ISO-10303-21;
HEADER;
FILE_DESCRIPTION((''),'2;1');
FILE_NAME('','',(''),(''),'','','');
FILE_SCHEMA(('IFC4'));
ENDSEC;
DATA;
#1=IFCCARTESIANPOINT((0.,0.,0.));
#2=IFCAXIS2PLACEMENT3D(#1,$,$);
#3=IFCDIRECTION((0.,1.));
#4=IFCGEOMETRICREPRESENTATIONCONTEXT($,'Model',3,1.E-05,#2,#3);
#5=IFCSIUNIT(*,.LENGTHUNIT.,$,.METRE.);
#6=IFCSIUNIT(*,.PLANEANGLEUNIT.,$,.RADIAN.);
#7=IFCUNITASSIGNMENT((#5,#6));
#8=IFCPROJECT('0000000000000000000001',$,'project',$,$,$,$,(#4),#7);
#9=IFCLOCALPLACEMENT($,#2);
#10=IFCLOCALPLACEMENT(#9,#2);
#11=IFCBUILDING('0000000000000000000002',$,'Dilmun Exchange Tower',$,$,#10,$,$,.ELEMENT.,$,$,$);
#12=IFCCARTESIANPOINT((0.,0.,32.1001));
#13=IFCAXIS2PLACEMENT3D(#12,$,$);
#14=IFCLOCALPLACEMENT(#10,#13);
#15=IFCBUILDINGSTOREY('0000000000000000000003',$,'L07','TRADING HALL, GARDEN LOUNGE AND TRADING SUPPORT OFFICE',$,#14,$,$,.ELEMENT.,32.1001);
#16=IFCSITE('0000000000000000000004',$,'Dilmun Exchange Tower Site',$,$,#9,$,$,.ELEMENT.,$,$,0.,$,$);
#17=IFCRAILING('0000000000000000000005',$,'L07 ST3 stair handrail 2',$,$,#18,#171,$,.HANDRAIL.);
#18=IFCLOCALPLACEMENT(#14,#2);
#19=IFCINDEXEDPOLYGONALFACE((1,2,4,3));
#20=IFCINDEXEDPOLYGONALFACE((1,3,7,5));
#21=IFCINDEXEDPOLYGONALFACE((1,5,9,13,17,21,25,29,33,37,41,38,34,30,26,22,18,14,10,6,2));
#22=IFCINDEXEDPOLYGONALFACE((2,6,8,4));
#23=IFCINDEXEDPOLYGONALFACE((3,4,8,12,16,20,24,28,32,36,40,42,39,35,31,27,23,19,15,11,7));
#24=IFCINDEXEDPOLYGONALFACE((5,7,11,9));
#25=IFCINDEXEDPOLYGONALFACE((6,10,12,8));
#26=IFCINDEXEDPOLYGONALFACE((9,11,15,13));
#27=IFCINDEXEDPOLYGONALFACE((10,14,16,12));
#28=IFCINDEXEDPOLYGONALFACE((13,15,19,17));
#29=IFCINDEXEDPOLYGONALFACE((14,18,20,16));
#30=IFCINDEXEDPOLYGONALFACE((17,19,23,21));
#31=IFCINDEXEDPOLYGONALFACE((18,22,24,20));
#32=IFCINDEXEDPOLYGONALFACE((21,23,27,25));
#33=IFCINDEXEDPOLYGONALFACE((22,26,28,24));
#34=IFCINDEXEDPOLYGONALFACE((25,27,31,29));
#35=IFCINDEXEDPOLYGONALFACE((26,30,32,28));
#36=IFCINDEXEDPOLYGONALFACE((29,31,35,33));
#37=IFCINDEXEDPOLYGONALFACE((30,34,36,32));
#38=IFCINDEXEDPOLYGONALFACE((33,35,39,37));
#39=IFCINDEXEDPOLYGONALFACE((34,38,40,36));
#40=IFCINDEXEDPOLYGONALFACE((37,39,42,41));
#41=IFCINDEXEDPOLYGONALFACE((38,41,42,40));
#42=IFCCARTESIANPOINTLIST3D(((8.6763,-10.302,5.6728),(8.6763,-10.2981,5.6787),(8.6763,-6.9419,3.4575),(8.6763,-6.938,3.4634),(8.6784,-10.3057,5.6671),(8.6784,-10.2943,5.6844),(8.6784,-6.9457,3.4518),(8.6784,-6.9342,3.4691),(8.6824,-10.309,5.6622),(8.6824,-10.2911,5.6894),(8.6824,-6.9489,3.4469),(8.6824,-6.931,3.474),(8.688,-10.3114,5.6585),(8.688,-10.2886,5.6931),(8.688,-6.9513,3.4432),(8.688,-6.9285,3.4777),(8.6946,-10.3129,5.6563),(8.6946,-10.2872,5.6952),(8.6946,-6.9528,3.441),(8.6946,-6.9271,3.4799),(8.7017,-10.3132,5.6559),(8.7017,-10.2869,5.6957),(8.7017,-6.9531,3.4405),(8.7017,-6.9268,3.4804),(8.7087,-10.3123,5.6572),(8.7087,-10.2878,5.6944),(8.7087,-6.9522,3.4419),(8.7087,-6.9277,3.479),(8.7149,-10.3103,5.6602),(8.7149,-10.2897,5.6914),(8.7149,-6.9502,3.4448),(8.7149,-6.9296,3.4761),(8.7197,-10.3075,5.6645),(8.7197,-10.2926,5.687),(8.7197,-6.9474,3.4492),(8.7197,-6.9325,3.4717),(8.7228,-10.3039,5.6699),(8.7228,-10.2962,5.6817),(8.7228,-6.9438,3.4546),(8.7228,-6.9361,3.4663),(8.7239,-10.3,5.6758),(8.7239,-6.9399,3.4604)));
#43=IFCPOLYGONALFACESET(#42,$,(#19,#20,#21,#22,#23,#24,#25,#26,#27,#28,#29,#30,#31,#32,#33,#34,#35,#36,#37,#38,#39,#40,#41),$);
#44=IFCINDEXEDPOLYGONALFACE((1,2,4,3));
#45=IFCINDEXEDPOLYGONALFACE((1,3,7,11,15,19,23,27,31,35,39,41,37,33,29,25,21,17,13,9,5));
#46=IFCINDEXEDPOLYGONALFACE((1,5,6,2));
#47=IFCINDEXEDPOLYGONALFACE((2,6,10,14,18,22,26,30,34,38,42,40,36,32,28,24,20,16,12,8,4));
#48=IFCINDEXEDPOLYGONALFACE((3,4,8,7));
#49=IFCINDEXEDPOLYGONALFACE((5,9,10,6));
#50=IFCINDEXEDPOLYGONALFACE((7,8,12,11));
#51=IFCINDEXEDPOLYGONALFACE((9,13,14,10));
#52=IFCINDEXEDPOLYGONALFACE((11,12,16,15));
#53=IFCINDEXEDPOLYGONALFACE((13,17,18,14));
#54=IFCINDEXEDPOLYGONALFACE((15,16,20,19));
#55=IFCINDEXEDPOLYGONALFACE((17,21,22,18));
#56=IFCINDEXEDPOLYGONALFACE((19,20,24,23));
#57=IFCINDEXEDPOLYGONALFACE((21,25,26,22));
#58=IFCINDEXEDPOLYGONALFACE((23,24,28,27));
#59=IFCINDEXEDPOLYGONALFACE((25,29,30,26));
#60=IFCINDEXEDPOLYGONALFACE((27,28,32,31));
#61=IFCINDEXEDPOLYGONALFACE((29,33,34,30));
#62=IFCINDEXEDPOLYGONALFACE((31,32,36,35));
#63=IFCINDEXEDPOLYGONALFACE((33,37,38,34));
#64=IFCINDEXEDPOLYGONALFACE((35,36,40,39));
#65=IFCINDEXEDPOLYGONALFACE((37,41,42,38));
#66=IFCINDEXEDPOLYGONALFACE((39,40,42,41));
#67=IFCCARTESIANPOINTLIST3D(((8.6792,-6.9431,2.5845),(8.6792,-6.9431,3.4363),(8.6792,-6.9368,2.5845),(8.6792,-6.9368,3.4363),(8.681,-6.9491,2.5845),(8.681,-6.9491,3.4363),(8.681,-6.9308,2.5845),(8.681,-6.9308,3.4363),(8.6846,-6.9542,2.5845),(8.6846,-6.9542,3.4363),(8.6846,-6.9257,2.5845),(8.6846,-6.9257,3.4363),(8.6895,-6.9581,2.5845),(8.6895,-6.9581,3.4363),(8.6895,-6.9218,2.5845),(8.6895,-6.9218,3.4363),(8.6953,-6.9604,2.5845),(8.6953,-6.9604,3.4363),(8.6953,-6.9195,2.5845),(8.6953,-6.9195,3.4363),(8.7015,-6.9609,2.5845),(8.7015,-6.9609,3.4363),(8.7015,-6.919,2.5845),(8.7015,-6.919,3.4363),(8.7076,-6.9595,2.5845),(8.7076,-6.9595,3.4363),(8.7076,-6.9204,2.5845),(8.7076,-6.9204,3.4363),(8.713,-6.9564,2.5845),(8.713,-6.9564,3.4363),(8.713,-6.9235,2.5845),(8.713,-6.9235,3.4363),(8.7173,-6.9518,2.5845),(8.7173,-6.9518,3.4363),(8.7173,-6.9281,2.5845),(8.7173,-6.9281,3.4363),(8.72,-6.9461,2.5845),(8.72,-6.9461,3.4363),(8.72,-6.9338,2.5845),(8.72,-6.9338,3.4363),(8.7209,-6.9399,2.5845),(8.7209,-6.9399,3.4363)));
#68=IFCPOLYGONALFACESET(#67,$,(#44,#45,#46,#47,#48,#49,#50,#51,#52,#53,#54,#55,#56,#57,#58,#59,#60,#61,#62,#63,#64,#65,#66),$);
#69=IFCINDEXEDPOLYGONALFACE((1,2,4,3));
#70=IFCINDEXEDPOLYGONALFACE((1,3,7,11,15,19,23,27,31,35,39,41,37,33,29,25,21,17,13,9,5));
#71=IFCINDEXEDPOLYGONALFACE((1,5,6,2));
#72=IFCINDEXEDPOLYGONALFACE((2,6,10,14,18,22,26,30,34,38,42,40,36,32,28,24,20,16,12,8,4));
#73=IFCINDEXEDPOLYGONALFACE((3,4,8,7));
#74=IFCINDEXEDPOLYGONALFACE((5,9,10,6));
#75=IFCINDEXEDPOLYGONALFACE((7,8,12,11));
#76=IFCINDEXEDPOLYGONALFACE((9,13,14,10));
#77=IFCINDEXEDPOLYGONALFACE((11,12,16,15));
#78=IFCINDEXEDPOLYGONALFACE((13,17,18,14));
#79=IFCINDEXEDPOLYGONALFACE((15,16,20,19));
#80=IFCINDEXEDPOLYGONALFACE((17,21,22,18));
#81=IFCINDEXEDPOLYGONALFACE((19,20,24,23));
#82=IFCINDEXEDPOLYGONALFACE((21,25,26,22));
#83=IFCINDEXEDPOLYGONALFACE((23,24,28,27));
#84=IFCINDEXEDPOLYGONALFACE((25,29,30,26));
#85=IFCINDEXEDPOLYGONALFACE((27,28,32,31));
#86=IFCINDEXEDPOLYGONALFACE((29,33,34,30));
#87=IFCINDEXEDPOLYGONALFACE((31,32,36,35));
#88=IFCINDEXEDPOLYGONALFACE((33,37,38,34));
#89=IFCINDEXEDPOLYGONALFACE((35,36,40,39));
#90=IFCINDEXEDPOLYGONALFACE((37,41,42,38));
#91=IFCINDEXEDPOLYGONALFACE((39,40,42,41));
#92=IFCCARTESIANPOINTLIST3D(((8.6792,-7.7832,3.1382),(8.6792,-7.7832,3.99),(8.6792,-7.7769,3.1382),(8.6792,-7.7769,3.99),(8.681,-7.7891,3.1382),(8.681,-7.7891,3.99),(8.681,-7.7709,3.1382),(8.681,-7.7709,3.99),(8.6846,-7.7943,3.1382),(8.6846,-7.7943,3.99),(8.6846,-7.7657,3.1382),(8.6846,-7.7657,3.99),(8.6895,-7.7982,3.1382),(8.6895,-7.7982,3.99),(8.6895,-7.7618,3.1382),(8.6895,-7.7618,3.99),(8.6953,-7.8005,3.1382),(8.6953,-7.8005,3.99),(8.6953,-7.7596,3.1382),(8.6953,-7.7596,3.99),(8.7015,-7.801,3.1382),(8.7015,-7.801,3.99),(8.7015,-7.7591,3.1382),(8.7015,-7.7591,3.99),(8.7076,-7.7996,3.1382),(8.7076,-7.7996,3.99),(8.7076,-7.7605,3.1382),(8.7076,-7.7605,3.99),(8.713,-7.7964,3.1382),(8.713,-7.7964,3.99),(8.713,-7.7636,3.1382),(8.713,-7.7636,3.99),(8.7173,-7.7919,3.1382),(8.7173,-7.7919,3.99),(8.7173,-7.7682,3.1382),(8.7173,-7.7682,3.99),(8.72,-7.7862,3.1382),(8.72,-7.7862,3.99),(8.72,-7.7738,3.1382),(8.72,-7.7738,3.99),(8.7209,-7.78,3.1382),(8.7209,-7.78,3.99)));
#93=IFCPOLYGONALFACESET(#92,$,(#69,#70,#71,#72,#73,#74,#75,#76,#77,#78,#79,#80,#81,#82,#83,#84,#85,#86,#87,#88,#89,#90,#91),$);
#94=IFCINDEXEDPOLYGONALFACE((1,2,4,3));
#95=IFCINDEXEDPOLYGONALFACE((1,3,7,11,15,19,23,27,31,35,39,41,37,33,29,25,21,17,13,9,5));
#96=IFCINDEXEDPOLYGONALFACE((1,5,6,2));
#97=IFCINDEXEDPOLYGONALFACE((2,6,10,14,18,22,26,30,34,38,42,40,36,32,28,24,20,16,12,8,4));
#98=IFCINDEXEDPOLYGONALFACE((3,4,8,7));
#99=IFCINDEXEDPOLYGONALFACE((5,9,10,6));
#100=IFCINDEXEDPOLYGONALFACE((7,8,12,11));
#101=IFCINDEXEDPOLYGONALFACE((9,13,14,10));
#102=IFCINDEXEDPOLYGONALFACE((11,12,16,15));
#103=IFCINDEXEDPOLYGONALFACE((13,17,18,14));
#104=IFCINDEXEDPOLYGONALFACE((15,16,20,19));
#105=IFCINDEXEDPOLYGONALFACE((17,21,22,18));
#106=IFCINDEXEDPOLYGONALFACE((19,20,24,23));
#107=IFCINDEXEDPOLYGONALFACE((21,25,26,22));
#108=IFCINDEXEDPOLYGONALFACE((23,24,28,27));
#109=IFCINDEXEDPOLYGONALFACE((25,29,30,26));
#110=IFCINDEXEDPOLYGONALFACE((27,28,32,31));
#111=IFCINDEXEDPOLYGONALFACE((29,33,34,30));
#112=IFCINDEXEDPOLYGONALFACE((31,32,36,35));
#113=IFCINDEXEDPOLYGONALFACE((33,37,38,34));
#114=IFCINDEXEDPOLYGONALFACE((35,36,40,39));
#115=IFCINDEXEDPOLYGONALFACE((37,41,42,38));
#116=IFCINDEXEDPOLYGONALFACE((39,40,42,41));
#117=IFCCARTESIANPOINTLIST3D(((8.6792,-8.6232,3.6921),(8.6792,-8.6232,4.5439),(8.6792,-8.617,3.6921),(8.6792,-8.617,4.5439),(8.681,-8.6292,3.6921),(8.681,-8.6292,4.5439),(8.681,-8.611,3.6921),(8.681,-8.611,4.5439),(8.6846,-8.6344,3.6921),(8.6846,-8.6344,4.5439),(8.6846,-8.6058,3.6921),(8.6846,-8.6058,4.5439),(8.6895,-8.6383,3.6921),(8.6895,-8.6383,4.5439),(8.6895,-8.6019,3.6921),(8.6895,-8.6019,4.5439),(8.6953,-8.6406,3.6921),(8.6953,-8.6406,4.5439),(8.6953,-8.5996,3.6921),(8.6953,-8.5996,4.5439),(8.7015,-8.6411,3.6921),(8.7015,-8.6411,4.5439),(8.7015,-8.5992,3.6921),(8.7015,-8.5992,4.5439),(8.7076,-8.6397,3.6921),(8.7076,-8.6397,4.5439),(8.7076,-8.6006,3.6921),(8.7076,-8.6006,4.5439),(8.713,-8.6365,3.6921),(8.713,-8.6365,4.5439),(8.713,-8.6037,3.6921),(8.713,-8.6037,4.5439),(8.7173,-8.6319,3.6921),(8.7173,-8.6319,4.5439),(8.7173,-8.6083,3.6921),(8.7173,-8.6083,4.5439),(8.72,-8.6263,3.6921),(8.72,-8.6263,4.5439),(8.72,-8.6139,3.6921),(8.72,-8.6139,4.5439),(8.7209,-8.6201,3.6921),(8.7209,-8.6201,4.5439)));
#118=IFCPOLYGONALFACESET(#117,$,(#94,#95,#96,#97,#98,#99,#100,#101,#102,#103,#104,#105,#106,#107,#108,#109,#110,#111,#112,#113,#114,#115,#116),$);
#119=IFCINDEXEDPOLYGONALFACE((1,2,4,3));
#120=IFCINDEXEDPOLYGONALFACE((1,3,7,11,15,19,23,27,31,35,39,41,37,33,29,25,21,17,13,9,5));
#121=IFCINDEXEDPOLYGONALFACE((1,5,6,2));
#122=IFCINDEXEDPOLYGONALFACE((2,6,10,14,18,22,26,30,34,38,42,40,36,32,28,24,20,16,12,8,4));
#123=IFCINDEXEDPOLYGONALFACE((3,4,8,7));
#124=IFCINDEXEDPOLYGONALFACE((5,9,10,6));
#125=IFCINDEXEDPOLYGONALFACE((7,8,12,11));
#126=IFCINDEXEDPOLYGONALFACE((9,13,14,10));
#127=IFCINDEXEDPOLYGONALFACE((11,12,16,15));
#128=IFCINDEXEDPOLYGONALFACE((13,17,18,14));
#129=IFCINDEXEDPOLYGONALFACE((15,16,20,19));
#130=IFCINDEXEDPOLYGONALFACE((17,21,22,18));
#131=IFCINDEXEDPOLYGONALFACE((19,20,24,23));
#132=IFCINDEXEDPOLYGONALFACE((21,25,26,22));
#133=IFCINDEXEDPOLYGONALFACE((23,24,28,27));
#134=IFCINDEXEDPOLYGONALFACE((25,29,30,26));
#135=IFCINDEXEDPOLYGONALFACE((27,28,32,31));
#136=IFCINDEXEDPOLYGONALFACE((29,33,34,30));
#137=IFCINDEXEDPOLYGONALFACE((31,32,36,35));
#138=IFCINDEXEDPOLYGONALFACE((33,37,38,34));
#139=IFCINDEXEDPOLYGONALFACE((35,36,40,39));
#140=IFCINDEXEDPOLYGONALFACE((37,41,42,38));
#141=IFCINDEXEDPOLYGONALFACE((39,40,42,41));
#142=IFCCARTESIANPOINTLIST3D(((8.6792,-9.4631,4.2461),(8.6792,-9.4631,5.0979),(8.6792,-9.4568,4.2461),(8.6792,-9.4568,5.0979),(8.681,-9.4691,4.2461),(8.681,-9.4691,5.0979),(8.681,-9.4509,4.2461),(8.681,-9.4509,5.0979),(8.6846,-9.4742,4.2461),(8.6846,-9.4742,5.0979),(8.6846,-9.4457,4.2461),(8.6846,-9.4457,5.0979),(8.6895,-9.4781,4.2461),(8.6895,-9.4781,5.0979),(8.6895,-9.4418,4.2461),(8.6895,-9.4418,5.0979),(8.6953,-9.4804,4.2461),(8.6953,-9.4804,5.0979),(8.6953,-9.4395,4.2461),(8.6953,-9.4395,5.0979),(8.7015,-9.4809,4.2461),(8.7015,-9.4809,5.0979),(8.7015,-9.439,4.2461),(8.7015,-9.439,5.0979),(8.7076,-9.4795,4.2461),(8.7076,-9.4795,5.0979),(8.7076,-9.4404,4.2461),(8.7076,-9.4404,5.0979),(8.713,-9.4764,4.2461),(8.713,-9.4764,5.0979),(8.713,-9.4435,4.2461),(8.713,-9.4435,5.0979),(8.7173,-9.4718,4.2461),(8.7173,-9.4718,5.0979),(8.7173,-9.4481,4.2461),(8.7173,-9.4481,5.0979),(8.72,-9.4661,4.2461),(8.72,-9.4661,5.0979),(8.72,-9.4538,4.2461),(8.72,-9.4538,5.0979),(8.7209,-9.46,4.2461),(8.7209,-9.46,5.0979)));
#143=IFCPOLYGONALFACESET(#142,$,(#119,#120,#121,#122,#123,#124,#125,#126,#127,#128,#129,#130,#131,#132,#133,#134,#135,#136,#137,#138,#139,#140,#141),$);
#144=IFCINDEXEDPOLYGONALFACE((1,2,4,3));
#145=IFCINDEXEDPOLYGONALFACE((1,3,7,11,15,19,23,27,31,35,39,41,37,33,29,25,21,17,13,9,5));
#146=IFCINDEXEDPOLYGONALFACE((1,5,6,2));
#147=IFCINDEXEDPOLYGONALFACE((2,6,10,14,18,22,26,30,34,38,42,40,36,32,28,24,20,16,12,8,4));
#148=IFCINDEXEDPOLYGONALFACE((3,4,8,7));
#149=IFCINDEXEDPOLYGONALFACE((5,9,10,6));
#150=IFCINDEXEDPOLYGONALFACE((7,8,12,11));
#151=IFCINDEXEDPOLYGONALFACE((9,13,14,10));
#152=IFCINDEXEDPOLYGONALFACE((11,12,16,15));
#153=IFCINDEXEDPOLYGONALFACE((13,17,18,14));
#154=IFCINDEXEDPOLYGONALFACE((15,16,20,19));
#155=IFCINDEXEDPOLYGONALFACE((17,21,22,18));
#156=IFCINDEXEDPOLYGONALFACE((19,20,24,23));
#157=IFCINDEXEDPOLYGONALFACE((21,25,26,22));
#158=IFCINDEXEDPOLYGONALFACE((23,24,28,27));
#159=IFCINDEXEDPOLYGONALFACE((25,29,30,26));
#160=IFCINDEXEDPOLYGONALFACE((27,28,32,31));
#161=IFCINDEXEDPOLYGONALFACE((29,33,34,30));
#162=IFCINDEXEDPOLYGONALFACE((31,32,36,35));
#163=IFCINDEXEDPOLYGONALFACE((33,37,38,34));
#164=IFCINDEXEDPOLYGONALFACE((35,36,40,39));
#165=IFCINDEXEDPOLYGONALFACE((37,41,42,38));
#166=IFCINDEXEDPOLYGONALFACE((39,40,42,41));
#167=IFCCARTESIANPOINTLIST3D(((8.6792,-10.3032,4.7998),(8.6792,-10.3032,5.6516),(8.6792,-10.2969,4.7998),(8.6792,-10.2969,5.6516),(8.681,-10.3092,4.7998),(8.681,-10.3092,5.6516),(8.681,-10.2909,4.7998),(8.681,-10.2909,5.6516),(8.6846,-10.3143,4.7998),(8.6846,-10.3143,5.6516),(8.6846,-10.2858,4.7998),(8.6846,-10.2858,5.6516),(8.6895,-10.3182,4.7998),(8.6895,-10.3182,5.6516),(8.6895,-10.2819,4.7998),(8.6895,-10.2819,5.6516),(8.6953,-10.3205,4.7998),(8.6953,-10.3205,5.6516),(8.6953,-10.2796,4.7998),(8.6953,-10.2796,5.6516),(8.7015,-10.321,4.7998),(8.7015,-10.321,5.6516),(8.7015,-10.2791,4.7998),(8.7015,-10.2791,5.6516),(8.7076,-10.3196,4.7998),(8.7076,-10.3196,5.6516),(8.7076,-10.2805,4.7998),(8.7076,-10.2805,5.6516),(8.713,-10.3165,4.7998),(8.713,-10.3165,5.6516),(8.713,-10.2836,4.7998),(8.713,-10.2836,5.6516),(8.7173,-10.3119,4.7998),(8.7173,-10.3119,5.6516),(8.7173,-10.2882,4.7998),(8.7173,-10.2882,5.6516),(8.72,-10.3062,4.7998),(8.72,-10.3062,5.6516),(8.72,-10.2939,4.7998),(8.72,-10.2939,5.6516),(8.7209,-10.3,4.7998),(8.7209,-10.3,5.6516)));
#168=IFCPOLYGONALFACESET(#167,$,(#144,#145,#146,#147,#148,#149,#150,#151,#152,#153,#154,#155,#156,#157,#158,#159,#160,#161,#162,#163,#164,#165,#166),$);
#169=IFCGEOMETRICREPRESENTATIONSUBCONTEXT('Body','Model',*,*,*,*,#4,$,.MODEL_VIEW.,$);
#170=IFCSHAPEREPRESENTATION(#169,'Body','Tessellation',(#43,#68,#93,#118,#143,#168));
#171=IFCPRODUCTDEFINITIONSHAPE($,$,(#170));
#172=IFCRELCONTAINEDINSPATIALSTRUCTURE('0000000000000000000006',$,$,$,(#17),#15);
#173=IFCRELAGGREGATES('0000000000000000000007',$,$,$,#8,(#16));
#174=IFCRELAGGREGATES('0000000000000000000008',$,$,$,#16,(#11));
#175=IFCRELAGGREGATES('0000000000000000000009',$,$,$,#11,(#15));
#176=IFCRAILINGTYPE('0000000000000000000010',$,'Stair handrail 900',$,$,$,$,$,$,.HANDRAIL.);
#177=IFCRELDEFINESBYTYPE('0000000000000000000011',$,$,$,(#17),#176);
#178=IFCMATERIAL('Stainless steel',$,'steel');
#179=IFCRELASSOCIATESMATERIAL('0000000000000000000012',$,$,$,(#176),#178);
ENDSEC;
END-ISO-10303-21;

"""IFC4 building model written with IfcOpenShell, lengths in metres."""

from ifc_helpers import new_model, si_unit, direction, frame, origin, origin_2d, place, context, subcontext, project, spatial, circle, extrude, material, type_object, element, save


model = new_model("IFC4")

# Units and contexts
model_context = context("Model", 3, precision=1e-05, world=origin(), true_north=direction((0.0, 1.0)))
body_context = subcontext(model_context, "Body", "Model", "MODEL_VIEW")
ifc_project = project(units=[si_unit("LENGTHUNIT", "METRE"), si_unit("PLANEANGLEUNIT", "RADIAN")], contexts=[model_context])

# Site, building, storey
site_placement = place(None, origin())
site = spatial("IfcSite", under=ifc_project, at=site_placement, Name="Dilmun Exchange Tower Site", CompositionType="ELEMENT", RefElevation=0.0)
building_placement = place(site_placement, origin())
building = spatial("IfcBuilding", under=site, at=building_placement, Name="Dilmun Exchange Tower", CompositionType="ELEMENT")
storey_placement = place(building_placement, frame((0.0, 0.0, 32.1001)))
storey = spatial("IfcBuildingStorey", under=building, at=storey_placement, Name="L07", Description="TRADING HALL, GARDEN LOUNGE AND TRADING SUPPORT OFFICE", CompositionType="ELEMENT", Elevation=32.1001)

# Railing
ifc_material_1 = material(Name="Stainless steel", Category="steel")
railing_type = type_object("IfcRailingType", Name="Stair handrail 900", PredefinedType="HANDRAIL", material=ifc_material_1)
railing_placement = place(storey_placement, frame((8.7, -6.9399, 2.5845)))
element("IfcRailing", 1, at=railing_placement, inside=storey, type_object=railing_type, Name="L07 ST3 stair handrail 2", PredefinedType="HANDRAIL", context=body_context, shape_type="SweptSolid", body=[
    extrude(circle(Radius=0.0239, at=origin_2d()), frame((0.0, 0.0, 0.876), z_axis=(0.0, -0.834876, 0.550437), x_axis=(1.0, 0.0, 0.0)), (0.0, 0.0, 1.0), 4.0247),
    extrude(circle(Radius=0.021, at=origin_2d()), origin(), (0.0, 0.0, 1.0), 0.8518),
    extrude(circle(Radius=0.021, at=origin_2d()), frame((0.0, -0.8401, 0.5537)), (0.0, 0.0, 1.0), 0.8518),
    extrude(circle(Radius=0.021, at=origin_2d()), frame((0.0, -1.6802, 1.1077)), (0.0, 0.0, 1.0), 0.8518),
    extrude(circle(Radius=0.021, at=origin_2d()), frame((0.0, -2.52, 1.6616)), (0.0, 0.0, 1.0), 0.8518),
    extrude(circle(Radius=0.021, at=origin_2d()), frame((0.0, -3.3601, 2.2153)), (0.0, 0.0, 1.0), 0.8518),
])

save(model, "model.ifc")
